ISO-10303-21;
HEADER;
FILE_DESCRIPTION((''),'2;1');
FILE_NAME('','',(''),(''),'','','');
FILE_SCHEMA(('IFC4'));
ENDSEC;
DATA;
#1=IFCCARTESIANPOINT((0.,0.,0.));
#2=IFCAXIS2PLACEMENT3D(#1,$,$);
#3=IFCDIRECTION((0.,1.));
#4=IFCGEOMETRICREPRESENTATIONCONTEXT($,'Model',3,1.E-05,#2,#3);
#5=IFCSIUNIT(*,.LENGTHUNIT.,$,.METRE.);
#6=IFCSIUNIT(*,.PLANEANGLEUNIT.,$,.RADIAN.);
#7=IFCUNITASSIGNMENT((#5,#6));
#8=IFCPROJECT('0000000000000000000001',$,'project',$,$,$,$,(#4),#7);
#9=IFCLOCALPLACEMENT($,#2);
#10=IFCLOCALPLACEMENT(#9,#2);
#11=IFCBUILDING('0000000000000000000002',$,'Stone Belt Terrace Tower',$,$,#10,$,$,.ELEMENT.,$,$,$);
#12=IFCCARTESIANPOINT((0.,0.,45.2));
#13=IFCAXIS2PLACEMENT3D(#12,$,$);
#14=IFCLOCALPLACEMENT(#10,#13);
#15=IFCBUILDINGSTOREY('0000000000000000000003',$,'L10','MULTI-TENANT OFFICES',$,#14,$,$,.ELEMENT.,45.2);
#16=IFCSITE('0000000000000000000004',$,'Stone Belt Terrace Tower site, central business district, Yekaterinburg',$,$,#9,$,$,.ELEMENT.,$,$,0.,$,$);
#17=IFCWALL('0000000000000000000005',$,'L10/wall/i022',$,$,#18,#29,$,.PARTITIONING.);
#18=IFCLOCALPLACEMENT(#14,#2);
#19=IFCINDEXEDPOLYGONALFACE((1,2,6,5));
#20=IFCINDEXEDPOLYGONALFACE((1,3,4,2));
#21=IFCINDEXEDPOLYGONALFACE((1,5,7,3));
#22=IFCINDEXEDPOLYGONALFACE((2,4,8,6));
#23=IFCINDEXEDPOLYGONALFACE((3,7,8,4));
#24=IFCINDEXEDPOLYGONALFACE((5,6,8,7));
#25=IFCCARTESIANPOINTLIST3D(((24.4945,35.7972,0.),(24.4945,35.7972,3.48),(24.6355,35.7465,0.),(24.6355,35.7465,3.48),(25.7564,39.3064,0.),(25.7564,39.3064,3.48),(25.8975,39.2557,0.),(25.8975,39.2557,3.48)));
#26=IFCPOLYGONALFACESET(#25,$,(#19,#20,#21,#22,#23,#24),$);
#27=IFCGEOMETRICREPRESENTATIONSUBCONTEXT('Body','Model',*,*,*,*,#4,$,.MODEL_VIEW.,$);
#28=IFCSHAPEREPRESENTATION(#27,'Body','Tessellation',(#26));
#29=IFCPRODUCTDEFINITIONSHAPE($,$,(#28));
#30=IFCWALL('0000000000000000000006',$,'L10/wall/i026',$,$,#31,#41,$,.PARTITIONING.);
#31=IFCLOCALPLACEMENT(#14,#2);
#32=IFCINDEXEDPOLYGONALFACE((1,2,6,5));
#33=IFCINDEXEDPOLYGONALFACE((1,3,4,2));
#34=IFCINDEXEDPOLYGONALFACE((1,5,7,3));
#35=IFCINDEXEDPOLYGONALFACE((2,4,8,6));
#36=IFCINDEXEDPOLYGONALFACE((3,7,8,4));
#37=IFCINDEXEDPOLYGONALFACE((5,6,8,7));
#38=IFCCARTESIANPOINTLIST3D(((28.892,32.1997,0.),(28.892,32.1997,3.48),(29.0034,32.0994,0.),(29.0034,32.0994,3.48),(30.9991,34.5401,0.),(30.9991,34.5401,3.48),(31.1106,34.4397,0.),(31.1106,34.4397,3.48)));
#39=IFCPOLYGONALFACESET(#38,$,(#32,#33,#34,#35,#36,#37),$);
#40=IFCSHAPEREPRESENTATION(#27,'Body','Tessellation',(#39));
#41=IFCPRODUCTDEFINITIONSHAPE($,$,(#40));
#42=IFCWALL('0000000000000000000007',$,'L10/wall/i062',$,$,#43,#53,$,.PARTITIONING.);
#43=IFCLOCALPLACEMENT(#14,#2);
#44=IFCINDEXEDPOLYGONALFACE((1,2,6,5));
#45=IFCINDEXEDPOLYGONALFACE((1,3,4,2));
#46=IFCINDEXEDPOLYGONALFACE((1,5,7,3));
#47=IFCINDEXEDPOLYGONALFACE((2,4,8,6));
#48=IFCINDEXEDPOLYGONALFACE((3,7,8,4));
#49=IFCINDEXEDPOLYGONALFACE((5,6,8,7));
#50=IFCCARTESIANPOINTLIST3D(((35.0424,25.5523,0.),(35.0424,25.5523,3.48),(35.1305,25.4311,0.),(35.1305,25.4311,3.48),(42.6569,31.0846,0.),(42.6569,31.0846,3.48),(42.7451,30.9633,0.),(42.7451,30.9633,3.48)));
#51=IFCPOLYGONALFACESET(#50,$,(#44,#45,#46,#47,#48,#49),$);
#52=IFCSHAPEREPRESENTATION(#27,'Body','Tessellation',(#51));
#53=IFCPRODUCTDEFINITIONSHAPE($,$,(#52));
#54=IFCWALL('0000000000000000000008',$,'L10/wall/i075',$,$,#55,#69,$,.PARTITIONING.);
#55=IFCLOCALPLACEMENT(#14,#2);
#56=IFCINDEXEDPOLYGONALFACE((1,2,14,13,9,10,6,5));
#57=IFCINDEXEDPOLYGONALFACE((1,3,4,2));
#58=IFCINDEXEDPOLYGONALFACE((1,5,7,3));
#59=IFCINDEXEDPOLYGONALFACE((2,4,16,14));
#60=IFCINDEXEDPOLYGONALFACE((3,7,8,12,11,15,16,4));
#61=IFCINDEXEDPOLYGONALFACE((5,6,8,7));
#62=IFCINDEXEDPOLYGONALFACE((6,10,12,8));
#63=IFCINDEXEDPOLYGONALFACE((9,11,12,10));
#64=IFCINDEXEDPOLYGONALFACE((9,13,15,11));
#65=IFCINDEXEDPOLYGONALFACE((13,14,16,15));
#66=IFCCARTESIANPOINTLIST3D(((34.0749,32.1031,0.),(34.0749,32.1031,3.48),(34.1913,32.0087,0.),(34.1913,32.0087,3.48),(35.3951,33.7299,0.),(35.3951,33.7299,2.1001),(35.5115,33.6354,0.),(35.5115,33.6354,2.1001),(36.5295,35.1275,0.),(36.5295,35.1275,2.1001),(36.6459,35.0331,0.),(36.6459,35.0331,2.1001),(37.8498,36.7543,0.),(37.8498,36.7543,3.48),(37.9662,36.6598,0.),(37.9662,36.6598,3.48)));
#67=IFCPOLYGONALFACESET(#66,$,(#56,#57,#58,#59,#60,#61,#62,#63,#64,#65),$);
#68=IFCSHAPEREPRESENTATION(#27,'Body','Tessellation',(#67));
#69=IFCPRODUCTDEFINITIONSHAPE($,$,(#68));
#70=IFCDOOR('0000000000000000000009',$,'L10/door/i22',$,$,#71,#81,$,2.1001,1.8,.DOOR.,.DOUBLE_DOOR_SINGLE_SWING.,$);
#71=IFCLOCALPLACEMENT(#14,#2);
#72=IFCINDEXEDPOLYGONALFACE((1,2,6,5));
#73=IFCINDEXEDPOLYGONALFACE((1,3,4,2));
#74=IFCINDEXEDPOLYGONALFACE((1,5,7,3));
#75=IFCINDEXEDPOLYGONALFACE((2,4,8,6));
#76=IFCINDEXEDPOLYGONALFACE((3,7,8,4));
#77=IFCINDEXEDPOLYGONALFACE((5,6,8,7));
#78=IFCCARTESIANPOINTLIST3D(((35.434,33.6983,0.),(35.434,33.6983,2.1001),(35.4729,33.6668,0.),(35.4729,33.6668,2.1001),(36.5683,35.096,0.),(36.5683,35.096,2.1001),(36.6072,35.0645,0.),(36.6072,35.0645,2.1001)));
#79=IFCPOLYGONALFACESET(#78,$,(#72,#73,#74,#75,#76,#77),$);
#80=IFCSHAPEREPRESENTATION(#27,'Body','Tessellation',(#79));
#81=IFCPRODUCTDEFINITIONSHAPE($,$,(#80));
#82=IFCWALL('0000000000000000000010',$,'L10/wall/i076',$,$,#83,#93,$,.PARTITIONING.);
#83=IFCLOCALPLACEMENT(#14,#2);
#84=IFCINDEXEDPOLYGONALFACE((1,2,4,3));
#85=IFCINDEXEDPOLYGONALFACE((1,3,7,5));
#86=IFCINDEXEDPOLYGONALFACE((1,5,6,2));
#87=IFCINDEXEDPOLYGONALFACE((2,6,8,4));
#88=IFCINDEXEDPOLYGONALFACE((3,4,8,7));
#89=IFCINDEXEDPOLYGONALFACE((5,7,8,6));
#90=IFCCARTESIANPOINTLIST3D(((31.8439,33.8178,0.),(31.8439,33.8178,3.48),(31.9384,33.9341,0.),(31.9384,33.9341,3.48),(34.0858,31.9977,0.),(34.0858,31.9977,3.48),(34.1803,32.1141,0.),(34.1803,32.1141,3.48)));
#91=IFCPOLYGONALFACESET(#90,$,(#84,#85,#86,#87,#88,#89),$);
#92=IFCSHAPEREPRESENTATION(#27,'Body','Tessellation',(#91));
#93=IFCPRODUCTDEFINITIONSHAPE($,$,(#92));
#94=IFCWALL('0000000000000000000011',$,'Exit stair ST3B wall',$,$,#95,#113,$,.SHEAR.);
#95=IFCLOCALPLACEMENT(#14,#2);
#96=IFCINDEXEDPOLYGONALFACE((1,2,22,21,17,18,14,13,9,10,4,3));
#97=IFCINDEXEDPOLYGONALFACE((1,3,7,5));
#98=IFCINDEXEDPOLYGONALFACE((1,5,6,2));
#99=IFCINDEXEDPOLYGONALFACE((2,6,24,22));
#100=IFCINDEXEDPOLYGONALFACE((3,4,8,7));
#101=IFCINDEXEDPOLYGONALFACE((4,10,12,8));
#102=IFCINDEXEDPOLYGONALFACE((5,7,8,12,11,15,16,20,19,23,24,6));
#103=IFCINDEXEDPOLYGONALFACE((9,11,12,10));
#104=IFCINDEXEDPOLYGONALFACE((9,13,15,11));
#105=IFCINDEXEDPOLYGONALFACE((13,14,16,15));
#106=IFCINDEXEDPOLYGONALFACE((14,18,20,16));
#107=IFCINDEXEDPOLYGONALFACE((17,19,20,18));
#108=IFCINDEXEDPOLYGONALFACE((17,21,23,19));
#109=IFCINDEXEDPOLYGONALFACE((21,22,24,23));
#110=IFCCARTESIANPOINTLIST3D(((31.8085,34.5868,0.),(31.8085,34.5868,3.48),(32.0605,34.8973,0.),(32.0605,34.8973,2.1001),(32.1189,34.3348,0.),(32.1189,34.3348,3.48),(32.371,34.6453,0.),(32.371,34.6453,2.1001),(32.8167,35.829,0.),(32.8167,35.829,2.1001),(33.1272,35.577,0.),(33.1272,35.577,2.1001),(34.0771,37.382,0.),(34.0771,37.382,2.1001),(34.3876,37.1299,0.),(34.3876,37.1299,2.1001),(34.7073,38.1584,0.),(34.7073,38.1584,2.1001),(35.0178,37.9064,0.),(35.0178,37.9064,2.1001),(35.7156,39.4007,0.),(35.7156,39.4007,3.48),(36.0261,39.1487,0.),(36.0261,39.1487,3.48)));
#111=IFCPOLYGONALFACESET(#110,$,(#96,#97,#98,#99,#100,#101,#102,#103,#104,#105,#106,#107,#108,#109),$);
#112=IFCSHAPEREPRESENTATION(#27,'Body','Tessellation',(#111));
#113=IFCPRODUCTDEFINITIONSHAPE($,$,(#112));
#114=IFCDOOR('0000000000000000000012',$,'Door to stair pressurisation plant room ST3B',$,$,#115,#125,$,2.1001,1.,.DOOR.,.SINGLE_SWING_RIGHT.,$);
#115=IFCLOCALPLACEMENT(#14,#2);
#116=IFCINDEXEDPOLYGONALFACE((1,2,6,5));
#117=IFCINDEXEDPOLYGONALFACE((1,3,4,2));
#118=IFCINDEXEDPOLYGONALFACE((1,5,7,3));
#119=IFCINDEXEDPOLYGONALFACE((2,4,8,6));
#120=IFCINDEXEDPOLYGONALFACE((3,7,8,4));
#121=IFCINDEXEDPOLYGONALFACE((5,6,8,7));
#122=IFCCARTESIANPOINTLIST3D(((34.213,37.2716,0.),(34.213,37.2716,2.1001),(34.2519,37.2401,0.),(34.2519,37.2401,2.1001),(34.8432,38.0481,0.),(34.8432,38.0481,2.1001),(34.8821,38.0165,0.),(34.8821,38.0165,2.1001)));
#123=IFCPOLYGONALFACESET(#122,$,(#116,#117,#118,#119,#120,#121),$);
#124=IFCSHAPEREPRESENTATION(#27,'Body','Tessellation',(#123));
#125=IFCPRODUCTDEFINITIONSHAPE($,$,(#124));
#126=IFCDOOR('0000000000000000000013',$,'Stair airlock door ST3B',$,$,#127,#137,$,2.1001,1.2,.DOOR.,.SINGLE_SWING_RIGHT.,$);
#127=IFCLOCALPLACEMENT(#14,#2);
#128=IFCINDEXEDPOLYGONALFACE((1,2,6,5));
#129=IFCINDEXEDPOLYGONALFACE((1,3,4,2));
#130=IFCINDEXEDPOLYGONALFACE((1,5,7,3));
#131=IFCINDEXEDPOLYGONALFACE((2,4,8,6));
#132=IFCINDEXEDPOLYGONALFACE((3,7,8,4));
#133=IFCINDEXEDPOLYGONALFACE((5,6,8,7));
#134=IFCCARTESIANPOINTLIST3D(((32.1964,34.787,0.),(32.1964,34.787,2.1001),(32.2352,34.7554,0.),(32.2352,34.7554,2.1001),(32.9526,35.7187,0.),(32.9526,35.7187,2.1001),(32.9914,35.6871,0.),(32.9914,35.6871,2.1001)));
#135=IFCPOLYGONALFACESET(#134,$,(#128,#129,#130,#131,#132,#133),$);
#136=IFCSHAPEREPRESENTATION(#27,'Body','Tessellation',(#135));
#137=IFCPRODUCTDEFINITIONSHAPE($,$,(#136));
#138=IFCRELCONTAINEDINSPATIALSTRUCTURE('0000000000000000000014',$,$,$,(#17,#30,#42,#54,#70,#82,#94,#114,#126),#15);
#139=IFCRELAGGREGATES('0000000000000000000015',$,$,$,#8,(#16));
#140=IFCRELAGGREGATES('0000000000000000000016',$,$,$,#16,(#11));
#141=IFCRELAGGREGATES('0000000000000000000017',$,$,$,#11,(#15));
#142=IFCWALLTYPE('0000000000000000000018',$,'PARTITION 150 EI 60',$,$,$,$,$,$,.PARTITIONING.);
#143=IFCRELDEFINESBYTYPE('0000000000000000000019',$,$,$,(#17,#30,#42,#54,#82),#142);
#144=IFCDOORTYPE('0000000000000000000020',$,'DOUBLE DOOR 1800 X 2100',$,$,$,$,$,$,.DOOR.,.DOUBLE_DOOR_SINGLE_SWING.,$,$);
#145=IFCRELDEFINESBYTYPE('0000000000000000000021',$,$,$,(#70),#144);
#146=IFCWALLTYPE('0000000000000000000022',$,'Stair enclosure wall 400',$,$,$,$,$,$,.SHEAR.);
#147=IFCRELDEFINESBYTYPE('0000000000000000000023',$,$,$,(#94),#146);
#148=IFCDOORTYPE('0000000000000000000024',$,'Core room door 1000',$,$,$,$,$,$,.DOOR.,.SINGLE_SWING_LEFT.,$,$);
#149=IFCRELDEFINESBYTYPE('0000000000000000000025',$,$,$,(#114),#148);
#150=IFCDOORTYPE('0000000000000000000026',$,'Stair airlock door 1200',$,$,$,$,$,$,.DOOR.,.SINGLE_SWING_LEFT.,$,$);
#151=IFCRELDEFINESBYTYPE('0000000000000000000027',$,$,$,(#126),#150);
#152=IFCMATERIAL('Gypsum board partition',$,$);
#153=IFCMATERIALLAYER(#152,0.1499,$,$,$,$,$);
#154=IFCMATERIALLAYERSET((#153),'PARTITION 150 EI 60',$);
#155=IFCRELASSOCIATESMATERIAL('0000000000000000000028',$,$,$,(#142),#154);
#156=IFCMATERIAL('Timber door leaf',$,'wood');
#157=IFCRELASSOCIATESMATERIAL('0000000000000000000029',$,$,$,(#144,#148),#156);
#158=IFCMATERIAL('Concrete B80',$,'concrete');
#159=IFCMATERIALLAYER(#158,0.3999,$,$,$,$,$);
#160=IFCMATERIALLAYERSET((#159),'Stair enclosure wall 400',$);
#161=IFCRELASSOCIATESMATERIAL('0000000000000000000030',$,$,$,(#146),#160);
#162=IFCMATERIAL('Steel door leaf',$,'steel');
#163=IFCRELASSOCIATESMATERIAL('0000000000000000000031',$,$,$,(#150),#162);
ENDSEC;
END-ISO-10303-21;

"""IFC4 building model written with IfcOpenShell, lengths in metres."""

from ifc_helpers import new_model, si_unit, direction, frame, frame_2d, origin, place, context, subcontext, project, spatial, rectangle, extrude, material, layer, layer_set, type_object, element, fill, save


model = new_model("IFC4")

# Units and contexts
model_context = context("Model", 3, precision=1e-05, world=origin(), true_north=direction((0.0, 1.0)))
body_context = subcontext(model_context, "Body", "Model", "MODEL_VIEW")
ifc_project = project(units=[si_unit("LENGTHUNIT", "METRE"), si_unit("PLANEANGLEUNIT", "RADIAN")], contexts=[model_context])

# Site, building, storey
site_placement = place(None, origin())
site = spatial("IfcSite", under=ifc_project, at=site_placement, Name="Stone Belt Terrace Tower site, central business district, Yekaterinburg", CompositionType="ELEMENT", RefElevation=0.0)
building_placement = place(site_placement, origin())
building = spatial("IfcBuilding", under=site, at=building_placement, Name="Stone Belt Terrace Tower", CompositionType="ELEMENT")
storey_placement = place(building_placement, frame((0.0, 0.0, 45.2)))
storey = spatial("IfcBuildingStorey", under=building, at=storey_placement, Name="L10", Description="MULTI-TENANT OFFICES", CompositionType="ELEMENT", Elevation=45.2)

# Shared definitions
ifc_material_1 = material(Name="Concrete B80", Category="concrete")

# Walls
ifc_material_2 = material(Name="Gypsum board partition")
ifc_layer_1 = layer(ifc_material_2, 0.1499)
ifc_layer_set_1 = layer_set([ifc_layer_1], Name="PARTITION 150 EI 60")
wall_type_1 = type_object("IfcWallType", Name="PARTITION 150 EI 60", PredefinedType="PARTITIONING", material=ifc_layer_set_1)
wall_1_placement = place(storey_placement, frame((24.5649, 35.7717, 0.0), z_axis=(0.0, 0.0, 1.0), x_axis=(0.338393, 0.941005, 0.0)))
element("IfcWall", 1, at=wall_1_placement, inside=storey, type_object=wall_type_1, Name="L10/wall/i022", PredefinedType="PARTITIONING", context=body_context, shape_type="SweptSolid", body=[
    extrude(rectangle(XDim=3.7292, YDim=0.1499, at=frame_2d((1.8647, 0.0))), origin(), (0.0, 0.0, 1.0), 3.48),
])
wall_2_placement = place(storey_placement, frame((31.0549, 34.49, 0.0), z_axis=(0.0, 0.0, 1.0), x_axis=(-0.669119, -0.743155, 0.0)))
element("IfcWall", 2, at=wall_2_placement, inside=storey, type_object=wall_type_1, Name="L10/wall/i026", PredefinedType="PARTITIONING", context=body_context, shape_type="SweptSolid", body=[
    extrude(rectangle(XDim=3.1492, YDim=0.1499, at=frame_2d((1.5747, 0.0))), origin(), (0.0, 0.0, 1.0), 3.48),
])
wall_3_placement = place(storey_placement, frame((35.0864, 25.4917, 0.0), z_axis=(0.0, 0.0, 1.0), x_axis=(0.809019, 0.587783, 0.0)))
element("IfcWall", 3, at=wall_3_placement, inside=storey, type_object=wall_type_1, Name="L10/wall/i062", PredefinedType="PARTITIONING", context=body_context, shape_type="SweptSolid", body=[
    extrude(rectangle(XDim=9.4121, YDim=0.1499, at=frame_2d((4.7061, 0.0))), origin(), (0.0, 0.0, 1.0), 3.48),
])

# Wall, opening, door
wall_4_placement = place(storey_placement, frame((34.1331, 32.0559, 0.0), z_axis=(0.0, 0.0, 1.0), x_axis=(0.630177, 0.776452, 0.0)))
wall_4 = element("IfcWall", 4, at=wall_4_placement, inside=storey, type_object=wall_type_1, Name="L10/wall/i075", PredefinedType="PARTITIONING", context=body_context, shape_type="SweptSolid", body=[
    extrude(rectangle(XDim=5.9902, YDim=0.1499, at=frame_2d((2.9951, 0.0))), origin(), (0.0, 0.0, 1.0), 3.48),
])
opening_1_placement = place(wall_4_placement, frame((2.0952, 0.0, 0.0)))
opening_1 = element("IfcOpeningElement", 5, at=opening_1_placement, cuts=wall_4, PredefinedType="OPENING", context=body_context, shape_type="SweptSolid", body=[
    extrude(rectangle(XDim=1.8, YDim=2.1001, at=frame_2d((0.8999, 1.05))), frame((0.0, 0.085, 0.0), z_axis=(0.0, -1.0, 0.0), x_axis=(1.0, 0.0, 0.0)), (0.0, 0.0, 1.0), 0.1699),
])
ifc_material_3 = material(Name="Timber door leaf", Category="wood")
door_type_1 = type_object("IfcDoorType", Name="DOUBLE DOOR 1800 X 2100", OperationType="DOUBLE_DOOR_SINGLE_SWING", PredefinedType="DOOR", material=ifc_material_3)
door_1_placement = place(opening_1_placement, origin())
door_1 = element("IfcDoor", 6, at=door_1_placement, inside=storey, type_object=door_type_1, Name="L10/door/i22", OperationType="DOUBLE_DOOR_SINGLE_SWING", OverallHeight=2.1001, OverallWidth=1.8, PredefinedType="DOOR", context=body_context, shape_type="SweptSolid", body=[
    extrude(rectangle(XDim=1.8, YDim=2.1001, at=frame_2d((0.8999, 1.05))), frame((0.0, 0.0249, 0.0), z_axis=(0.0, -1.0, 0.0), x_axis=(1.0, 0.0, 0.0)), (0.0, 0.0, 1.0), 0.05),
])
fill(opening_1, door_1)

# Wall
wall_5_placement = place(storey_placement, frame((34.1331, 32.0559, 0.0), z_axis=(0.0, 0.0, 1.0), x_axis=(-0.77637, 0.630277, 0.0)))
element("IfcWall", 7, at=wall_5_placement, inside=storey, type_object=wall_type_1, Name="L10/wall/i076", PredefinedType="PARTITIONING", context=body_context, shape_type="SweptSolid", body=[
    extrude(rectangle(XDim=2.8877, YDim=0.1499, at=frame_2d((1.4438, 0.0))), origin(), (0.0, 0.0, 1.0), 3.48),
])

# Wall, openings, doors
ifc_layer_2 = layer(ifc_material_1, 0.3999)
ifc_layer_set_2 = layer_set([ifc_layer_2], Name="Stair enclosure wall 400")
wall_type_2 = type_object("IfcWallType", Name="Stair enclosure wall 400", PredefinedType="SHEAR", material=ifc_layer_set_2)
wall_6_placement = place(storey_placement, frame((31.9636, 34.4607, 0.0), z_axis=(0.0, 0.0, 1.0), x_axis=(0.630192, 0.776439, 0.0)))
wall_6 = element("IfcWall", 8, at=wall_6_placement, inside=storey, type_object=wall_type_2, Name="Exit stair ST3B wall", PredefinedType="SHEAR", context=body_context, shape_type="SweptSolid", body=[
    extrude(rectangle(XDim=6.2, YDim=0.3999, at=frame_2d((3.1001, 0.0))), origin(), (0.0, 0.0, 1.0), 3.48),
])
opening_2_placement = place(wall_6_placement, frame((0.3999, 0.0, 0.0)))
opening_2 = element("IfcOpeningElement", 9, at=opening_2_placement, cuts=wall_6, PredefinedType="OPENING", context=body_context, shape_type="SweptSolid", body=[
    extrude(rectangle(XDim=1.2, YDim=2.1001, at=frame_2d((0.6001, 1.05))), frame((0.0, 0.21, 0.0), z_axis=(0.0, -1.0, 0.0), x_axis=(1.0, 0.0, 0.0)), (0.0, 0.0, 1.0), 0.4199),
])
opening_3_placement = place(wall_6_placement, frame((3.6001, 0.0, 0.0)))
opening_3 = element("IfcOpeningElement", 10, at=opening_3_placement, cuts=wall_6, PredefinedType="OPENING", context=body_context, shape_type="SweptSolid", body=[
    extrude(rectangle(XDim=1.0, YDim=2.1001, at=frame_2d((0.5, 1.05))), frame((0.0, 0.21, 0.0), z_axis=(0.0, -1.0, 0.0), x_axis=(1.0, 0.0, 0.0)), (0.0, 0.0, 1.0), 0.4199),
])
door_type_2 = type_object("IfcDoorType", Name="Core room door 1000", OperationType="SINGLE_SWING_LEFT", PredefinedType="DOOR", material=ifc_material_3)
door_2_placement = place(opening_3_placement, origin())
door_2 = element("IfcDoor", 11, at=door_2_placement, inside=storey, type_object=door_type_2, Name="Door to stair pressurisation plant room ST3B", OperationType="SINGLE_SWING_RIGHT", OverallHeight=2.1001, OverallWidth=1.0, PredefinedType="DOOR", context=body_context, shape_type="SweptSolid", body=[
    extrude(rectangle(XDim=1.0, YDim=2.1001, at=frame_2d((0.5, 1.05))), frame((0.0, 0.0249, 0.0), z_axis=(0.0, -1.0, 0.0), x_axis=(1.0, 0.0, 0.0)), (0.0, 0.0, 1.0), 0.05),
])
fill(opening_3, door_2)
ifc_material_4 = material(Name="Steel door leaf", Category="steel")
door_type_3 = type_object("IfcDoorType", Name="Stair airlock door 1200", OperationType="SINGLE_SWING_LEFT", PredefinedType="DOOR", material=ifc_material_4)
door_3_placement = place(opening_2_placement, origin())
door_3 = element("IfcDoor", 12, at=door_3_placement, inside=storey, type_object=door_type_3, Name="Stair airlock door ST3B", OperationType="SINGLE_SWING_RIGHT", OverallHeight=2.1001, OverallWidth=1.2, PredefinedType="DOOR", context=body_context, shape_type="SweptSolid", body=[
    extrude(rectangle(XDim=1.2, YDim=2.1001, at=frame_2d((0.6001, 1.05))), frame((0.0, 0.0249, 0.0), z_axis=(0.0, -1.0, 0.0), x_axis=(1.0, 0.0, 0.0)), (0.0, 0.0, 1.0), 0.05),
])
fill(opening_2, door_3)

save(model, "model.ifc")
